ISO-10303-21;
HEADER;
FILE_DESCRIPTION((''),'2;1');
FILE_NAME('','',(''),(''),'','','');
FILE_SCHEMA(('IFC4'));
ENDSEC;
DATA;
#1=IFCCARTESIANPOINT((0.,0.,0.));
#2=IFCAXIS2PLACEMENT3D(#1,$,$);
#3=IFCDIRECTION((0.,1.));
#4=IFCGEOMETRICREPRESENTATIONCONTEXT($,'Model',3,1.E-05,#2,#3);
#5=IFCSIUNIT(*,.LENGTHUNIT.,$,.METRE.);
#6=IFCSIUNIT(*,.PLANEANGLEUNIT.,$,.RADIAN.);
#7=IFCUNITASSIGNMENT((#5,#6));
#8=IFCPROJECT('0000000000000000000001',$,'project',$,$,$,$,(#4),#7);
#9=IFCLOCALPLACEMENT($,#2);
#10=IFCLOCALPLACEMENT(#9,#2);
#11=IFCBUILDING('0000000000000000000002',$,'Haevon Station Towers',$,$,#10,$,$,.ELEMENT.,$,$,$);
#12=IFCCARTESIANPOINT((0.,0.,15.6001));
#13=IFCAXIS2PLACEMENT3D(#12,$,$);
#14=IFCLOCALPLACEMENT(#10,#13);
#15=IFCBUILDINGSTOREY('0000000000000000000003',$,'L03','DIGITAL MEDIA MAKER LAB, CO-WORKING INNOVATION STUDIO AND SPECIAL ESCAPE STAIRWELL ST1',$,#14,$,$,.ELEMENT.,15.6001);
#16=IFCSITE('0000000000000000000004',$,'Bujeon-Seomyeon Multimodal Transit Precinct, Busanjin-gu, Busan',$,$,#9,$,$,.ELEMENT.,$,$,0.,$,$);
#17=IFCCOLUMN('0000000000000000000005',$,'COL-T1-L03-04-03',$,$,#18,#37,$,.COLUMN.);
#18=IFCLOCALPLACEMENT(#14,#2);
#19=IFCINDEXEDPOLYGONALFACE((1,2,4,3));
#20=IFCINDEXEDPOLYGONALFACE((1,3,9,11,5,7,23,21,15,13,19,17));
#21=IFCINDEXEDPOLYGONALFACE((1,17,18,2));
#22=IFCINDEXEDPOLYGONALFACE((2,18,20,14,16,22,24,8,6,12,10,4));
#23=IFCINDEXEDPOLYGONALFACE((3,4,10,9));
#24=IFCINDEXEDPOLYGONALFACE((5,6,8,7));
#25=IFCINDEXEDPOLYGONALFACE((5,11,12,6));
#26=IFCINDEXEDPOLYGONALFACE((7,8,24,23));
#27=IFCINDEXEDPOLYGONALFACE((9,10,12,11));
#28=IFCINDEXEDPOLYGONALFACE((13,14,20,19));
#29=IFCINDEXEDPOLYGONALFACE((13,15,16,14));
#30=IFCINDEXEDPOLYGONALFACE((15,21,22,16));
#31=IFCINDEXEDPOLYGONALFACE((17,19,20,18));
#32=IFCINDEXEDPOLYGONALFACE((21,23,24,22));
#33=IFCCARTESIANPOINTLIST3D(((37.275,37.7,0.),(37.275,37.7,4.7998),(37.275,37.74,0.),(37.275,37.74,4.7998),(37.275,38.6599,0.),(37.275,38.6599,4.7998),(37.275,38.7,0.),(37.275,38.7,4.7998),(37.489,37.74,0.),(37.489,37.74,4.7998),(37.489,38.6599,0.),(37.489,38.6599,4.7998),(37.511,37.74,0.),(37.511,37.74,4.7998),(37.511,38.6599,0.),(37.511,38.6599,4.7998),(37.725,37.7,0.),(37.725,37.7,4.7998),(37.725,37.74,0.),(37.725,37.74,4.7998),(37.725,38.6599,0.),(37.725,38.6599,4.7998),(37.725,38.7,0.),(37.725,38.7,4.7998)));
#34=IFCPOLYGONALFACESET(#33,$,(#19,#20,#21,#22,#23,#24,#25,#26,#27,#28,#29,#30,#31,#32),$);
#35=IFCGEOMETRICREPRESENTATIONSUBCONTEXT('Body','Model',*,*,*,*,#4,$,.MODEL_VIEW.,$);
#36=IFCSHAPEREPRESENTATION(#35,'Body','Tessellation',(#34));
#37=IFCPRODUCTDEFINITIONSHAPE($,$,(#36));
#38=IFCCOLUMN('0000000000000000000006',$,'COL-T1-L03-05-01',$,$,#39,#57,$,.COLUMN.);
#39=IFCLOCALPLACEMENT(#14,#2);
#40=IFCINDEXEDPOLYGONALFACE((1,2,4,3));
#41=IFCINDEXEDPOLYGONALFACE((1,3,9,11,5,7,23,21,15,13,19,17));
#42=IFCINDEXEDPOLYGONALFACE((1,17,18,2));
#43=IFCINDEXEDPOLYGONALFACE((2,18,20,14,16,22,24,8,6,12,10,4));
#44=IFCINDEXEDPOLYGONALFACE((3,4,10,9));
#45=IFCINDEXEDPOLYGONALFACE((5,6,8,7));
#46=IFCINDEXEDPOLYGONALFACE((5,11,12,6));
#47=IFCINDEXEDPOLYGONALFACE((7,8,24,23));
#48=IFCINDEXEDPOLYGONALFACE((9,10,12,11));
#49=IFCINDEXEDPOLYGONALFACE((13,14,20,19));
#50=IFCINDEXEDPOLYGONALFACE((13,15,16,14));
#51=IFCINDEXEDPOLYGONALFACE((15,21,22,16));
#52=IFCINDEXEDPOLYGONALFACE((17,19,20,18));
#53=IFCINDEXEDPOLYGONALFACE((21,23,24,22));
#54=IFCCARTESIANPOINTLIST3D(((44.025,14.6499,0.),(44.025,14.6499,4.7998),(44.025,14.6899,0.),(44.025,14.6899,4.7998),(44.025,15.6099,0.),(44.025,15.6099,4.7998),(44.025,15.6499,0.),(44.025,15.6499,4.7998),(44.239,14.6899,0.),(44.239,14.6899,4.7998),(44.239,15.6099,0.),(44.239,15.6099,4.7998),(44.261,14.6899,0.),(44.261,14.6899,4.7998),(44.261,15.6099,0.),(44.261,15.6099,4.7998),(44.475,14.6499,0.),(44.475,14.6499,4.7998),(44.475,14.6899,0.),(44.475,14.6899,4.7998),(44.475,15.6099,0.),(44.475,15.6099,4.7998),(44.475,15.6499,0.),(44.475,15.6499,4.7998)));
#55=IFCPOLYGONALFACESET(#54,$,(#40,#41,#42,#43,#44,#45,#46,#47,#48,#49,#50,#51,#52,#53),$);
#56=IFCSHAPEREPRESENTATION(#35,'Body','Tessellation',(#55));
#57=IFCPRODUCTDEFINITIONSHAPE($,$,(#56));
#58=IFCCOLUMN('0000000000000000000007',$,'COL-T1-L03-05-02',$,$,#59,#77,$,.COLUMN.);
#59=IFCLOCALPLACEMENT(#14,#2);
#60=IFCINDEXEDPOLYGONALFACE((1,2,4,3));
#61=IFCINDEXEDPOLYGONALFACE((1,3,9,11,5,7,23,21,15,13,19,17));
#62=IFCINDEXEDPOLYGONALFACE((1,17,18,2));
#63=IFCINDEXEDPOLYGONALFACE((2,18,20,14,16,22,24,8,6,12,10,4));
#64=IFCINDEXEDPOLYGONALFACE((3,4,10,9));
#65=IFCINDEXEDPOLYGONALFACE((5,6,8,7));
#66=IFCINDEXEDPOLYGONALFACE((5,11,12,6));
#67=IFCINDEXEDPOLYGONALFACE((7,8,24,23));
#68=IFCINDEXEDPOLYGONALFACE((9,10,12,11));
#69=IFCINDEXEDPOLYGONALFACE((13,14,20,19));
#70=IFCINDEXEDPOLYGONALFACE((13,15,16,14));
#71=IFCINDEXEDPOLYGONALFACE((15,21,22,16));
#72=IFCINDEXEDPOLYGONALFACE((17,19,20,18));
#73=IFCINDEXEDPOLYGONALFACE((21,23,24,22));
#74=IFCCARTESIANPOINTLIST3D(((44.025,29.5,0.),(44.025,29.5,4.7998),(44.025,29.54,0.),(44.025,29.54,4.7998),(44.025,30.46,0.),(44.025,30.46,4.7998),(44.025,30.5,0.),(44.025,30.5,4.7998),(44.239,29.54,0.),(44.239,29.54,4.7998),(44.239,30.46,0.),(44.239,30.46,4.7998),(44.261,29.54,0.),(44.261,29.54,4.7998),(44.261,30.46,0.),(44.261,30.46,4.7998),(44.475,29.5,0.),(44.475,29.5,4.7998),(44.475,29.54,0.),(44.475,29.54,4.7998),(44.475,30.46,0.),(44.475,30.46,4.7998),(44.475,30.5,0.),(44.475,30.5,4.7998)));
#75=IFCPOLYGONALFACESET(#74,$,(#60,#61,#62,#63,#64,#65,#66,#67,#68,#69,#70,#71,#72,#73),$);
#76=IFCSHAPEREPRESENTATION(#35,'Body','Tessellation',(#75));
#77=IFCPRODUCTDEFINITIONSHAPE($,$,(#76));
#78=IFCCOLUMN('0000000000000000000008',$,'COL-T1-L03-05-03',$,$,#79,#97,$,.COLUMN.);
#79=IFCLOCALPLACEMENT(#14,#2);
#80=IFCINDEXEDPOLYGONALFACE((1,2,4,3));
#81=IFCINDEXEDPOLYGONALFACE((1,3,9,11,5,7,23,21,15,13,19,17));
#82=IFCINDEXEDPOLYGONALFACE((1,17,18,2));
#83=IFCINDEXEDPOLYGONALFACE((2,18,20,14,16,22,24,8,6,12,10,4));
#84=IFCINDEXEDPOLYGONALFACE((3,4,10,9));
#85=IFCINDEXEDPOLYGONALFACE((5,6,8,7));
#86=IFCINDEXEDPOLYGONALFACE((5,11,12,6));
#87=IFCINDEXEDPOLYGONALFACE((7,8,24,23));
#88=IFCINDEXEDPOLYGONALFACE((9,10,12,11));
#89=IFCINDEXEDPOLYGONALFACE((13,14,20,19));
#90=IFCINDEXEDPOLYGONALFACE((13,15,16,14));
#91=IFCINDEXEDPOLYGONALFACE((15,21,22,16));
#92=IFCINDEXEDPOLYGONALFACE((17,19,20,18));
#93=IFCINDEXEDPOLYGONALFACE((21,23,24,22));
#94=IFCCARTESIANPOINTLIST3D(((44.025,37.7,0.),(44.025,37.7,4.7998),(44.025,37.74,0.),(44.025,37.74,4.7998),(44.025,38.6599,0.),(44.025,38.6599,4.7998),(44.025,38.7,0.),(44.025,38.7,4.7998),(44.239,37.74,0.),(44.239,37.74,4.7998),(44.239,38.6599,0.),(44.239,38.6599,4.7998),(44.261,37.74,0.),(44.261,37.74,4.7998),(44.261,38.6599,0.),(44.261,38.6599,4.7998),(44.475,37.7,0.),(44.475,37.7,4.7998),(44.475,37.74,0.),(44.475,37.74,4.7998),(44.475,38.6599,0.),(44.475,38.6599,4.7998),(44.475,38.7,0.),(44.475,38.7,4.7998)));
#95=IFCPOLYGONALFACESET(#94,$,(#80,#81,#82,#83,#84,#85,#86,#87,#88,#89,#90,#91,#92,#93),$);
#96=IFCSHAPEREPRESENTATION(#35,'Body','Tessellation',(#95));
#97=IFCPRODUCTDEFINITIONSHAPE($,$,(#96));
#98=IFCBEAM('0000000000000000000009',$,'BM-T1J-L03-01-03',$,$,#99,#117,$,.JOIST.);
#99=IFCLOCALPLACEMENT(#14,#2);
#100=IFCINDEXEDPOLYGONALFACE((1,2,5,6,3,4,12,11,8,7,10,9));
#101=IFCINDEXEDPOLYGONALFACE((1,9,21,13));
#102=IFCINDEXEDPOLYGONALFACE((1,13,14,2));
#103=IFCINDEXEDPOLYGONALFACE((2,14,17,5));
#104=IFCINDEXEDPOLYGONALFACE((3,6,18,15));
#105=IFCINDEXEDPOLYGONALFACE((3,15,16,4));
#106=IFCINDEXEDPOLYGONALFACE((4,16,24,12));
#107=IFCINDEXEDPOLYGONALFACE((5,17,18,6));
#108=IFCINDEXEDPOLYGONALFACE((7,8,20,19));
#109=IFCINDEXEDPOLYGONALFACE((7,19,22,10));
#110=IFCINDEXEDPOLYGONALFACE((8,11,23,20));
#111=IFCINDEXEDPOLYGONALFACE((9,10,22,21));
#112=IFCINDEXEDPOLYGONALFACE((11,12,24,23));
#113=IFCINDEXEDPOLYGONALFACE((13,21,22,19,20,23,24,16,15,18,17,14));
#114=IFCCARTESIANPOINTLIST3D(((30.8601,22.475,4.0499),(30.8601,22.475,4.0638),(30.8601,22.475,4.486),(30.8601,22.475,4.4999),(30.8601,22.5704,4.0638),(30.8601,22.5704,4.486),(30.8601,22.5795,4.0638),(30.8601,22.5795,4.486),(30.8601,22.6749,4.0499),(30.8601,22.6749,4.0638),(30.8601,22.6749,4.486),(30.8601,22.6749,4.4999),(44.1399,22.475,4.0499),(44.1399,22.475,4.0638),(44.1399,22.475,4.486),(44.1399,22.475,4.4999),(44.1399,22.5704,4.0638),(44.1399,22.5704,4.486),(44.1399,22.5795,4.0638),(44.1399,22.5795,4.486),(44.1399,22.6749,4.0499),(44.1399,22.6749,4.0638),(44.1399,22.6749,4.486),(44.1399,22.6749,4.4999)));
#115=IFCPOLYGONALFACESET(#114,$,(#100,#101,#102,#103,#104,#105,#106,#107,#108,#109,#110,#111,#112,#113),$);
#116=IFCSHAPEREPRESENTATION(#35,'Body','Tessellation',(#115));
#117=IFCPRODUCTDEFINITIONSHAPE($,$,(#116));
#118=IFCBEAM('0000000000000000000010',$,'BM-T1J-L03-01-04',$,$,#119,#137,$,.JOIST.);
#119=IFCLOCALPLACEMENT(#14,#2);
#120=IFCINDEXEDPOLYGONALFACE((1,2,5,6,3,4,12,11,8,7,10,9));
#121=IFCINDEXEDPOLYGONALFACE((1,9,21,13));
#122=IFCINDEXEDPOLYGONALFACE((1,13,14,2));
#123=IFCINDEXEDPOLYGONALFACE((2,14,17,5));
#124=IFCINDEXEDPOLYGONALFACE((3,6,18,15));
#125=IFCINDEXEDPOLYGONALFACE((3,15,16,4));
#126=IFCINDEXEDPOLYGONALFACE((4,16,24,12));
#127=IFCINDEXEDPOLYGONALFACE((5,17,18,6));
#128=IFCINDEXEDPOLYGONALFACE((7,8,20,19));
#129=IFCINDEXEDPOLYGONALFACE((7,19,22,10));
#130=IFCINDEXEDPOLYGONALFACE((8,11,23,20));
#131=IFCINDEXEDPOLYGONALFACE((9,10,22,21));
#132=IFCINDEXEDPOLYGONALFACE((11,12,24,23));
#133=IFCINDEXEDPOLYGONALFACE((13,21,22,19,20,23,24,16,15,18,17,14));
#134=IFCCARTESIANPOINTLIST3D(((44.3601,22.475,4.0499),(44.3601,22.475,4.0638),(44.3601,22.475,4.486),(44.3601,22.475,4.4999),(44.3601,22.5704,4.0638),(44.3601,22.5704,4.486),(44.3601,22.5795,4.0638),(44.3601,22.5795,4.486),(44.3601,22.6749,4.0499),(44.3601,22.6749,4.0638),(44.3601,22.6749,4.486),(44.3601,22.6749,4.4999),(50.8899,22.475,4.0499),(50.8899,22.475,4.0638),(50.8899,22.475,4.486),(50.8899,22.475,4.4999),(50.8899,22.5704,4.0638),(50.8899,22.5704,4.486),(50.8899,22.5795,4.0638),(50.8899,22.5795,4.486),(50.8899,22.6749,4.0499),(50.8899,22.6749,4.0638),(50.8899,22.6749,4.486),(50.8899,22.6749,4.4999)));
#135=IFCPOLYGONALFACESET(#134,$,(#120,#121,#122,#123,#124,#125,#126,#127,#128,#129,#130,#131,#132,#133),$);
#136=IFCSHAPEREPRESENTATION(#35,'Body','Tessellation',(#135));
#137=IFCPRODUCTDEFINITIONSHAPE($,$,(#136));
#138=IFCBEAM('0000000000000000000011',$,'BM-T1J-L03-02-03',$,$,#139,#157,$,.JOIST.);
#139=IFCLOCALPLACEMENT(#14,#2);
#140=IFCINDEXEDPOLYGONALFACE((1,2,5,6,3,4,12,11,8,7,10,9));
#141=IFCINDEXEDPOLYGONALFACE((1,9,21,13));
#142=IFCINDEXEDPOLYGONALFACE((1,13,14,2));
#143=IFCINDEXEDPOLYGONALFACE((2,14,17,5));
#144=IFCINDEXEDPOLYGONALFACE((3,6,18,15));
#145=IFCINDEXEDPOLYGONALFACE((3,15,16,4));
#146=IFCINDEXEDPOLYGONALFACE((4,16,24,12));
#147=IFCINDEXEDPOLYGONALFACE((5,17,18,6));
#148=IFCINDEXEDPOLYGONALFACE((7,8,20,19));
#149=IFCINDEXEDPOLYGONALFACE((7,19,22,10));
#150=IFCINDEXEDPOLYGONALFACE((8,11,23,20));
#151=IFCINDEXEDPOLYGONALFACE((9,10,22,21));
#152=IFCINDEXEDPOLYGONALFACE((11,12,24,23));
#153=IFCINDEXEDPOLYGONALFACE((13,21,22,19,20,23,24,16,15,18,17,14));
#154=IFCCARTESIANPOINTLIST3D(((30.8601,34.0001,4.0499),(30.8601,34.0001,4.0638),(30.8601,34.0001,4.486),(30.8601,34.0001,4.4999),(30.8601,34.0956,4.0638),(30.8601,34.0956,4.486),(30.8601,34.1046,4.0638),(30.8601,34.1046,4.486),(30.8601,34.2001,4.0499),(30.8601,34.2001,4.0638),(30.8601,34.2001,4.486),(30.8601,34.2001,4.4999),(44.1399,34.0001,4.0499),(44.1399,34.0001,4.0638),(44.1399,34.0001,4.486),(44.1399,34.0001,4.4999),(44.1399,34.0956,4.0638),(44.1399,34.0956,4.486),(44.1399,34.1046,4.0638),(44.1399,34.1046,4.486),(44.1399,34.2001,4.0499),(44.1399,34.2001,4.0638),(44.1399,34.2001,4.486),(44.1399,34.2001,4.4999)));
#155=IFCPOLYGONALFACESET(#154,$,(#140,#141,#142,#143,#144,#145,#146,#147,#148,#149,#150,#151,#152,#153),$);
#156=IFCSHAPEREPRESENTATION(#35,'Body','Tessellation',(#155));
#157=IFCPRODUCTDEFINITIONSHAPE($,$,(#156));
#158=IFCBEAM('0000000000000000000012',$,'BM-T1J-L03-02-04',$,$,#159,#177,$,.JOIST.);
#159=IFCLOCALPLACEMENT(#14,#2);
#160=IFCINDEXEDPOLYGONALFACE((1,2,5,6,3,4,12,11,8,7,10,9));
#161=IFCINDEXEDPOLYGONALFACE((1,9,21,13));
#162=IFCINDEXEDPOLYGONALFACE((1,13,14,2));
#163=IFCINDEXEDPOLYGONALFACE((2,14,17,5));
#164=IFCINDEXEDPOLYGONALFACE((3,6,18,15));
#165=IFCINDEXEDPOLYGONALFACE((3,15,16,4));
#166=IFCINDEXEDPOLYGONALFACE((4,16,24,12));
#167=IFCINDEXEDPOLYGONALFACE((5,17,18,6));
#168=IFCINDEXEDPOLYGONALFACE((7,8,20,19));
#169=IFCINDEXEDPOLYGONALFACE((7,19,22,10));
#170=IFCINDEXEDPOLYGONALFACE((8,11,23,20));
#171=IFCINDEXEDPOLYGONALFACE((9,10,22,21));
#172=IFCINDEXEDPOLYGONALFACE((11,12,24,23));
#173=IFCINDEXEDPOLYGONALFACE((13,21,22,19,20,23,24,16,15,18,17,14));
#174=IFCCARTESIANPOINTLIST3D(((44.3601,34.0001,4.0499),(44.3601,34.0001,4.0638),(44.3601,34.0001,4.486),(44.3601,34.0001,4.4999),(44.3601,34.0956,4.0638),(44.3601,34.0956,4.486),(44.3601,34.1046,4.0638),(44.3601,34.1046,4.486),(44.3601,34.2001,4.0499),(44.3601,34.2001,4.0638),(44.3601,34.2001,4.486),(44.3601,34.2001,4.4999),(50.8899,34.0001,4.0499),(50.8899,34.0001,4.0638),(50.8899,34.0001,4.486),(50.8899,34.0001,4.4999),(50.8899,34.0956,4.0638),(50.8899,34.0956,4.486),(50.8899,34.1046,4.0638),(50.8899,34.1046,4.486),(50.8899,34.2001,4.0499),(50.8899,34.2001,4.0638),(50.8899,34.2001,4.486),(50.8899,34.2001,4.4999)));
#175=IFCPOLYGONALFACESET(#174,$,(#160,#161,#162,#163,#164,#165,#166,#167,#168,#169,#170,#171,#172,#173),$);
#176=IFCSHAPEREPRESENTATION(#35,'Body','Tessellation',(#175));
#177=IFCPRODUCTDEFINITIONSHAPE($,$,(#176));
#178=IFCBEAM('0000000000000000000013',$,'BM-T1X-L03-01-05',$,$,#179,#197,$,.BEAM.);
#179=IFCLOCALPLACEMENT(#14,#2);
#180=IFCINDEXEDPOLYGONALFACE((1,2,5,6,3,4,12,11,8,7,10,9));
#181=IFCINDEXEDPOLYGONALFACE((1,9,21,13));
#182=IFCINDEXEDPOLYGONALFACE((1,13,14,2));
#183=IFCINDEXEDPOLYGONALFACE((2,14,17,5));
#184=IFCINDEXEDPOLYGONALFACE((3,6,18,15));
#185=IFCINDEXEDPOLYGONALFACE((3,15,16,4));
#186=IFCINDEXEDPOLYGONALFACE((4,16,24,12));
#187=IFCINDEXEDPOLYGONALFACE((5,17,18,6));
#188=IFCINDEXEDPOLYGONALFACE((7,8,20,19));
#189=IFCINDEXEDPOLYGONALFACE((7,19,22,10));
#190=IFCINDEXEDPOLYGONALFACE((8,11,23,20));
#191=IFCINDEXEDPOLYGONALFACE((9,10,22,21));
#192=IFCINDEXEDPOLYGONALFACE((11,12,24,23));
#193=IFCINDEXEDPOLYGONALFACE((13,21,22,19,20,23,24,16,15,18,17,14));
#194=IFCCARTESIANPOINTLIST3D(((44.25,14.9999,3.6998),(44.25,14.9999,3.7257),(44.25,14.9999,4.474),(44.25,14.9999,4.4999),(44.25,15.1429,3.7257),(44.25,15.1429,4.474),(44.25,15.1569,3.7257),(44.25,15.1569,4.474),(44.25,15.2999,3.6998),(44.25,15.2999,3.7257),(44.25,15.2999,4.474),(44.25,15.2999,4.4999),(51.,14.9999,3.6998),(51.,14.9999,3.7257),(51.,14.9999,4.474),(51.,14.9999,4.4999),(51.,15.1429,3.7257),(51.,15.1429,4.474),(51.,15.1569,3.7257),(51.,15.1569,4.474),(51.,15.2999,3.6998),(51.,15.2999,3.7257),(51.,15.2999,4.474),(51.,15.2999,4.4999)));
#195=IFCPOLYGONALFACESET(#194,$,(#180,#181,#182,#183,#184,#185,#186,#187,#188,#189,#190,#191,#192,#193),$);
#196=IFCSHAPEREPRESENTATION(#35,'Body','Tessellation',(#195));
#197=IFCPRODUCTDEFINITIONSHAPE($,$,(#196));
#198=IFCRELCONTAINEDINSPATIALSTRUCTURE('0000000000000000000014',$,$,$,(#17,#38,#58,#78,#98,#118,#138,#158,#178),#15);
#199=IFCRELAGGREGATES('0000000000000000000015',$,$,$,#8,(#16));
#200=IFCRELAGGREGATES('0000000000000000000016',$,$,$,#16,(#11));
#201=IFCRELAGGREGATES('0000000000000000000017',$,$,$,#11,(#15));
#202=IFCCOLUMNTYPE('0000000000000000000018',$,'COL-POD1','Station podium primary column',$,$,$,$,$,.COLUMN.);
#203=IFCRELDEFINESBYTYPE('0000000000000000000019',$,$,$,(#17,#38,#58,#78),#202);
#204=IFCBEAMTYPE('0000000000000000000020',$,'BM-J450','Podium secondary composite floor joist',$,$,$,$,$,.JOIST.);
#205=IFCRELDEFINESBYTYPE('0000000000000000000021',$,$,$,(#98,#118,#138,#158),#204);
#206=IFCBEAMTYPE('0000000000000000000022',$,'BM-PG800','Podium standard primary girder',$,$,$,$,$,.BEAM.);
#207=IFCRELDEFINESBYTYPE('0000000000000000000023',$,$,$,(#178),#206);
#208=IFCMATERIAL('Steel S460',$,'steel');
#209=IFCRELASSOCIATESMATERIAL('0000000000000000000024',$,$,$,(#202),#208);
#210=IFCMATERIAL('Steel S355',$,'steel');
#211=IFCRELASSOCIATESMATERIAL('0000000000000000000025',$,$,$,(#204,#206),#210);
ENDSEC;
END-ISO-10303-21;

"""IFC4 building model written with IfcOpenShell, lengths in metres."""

from ifc_helpers import new_model, si_unit, direction, frame, origin, origin_2d, place, context, subcontext, project, spatial, i_section, extrude, material, material_profile, profile_set, type_object, element, save


model = new_model("IFC4")

# Units and contexts
model_context = context("Model", 3, precision=1e-05, world=origin(), true_north=direction((0.0, 1.0)))
body_context = subcontext(model_context, "Body", "Model", "MODEL_VIEW")
ifc_project = project(units=[si_unit("LENGTHUNIT", "METRE"), si_unit("PLANEANGLEUNIT", "RADIAN")], contexts=[model_context])

# Site, building, storey
site_placement = place(None, origin())
site = spatial("IfcSite", under=ifc_project, at=site_placement, Name="Bujeon-Seomyeon Multimodal Transit Precinct, Busanjin-gu, Busan", CompositionType="ELEMENT", RefElevation=0.0)
building_placement = place(site_placement, origin())
building = spatial("IfcBuilding", under=site, at=building_placement, Name="Haevon Station Towers", CompositionType="ELEMENT")
storey_placement = place(building_placement, frame((0.0, 0.0, 15.6001)))
storey = spatial("IfcBuildingStorey", under=building, at=storey_placement, Name="L03", Description="DIGITAL MEDIA MAKER LAB, CO-WORKING INNOVATION STUDIO AND SPECIAL ESCAPE STAIRWELL ST1", CompositionType="ELEMENT", Elevation=15.6001)

# Columns
ifc_material_1 = material(Name="Steel S460", Category="steel")
ifc_material_profile_1 = material_profile(ifc_material_1, i_section(OverallWidth=0.45, OverallDepth=1.0, WebThickness=0.022, FlangeThickness=0.04, at=origin_2d()), Name="H-1000x450x22x40")
ifc_profile_set_1 = profile_set([ifc_material_profile_1], Name="Steel S460")
column_type = type_object("IfcColumnType", Name="COL-POD1", Description="Station podium primary column", PredefinedType="COLUMN", material=ifc_profile_set_1)
for number, where, z_axis, x_axis, name in (
    (1, (37.5, 38.2, 0.0), (0.0, 0.0, 1.0), (1.0, 0.0, 0.0), "COL-T1-L03-04-03"),
    (2, (44.25, 15.1499, 0.0), (0.0, 0.0, 1.0), (1.0, 0.0, 0.0), "COL-T1-L03-05-01"),
    (3, (44.25, 30.0, 0.0), (0.0, 0.0, 1.0), (1.0, 0.0, 0.0), "COL-T1-L03-05-02"),
    (4, (44.25, 38.2, 0.0), (0.0, 0.0, 1.0), (1.0, 0.0, 0.0), "COL-T1-L03-05-03"),
):
    element("IfcColumn", number, at=place(storey_placement, frame(where, z_axis=z_axis, x_axis=x_axis)), inside=storey, type_object=column_type, Name=name, PredefinedType="COLUMN", context=body_context, shape_type="SweptSolid", body=[
        extrude(i_section(OverallWidth=0.45, OverallDepth=1.0, WebThickness=0.022, FlangeThickness=0.04, at=origin_2d()), origin(), (0.0, 0.0, 1.0), 4.7998),
    ])

# Beams
ifc_material_2 = material(Name="Steel S355", Category="steel")
ifc_material_profile_2 = material_profile(ifc_material_2, i_section(OverallWidth=0.2, OverallDepth=0.45, WebThickness=0.009, FlangeThickness=0.0139, at=origin_2d()), Name="H-450x200x9x14")
ifc_profile_set_2 = profile_set([ifc_material_profile_2], Name="Steel S355")
beam_type_1 = type_object("IfcBeamType", Name="BM-J450", Description="Podium secondary composite floor joist", PredefinedType="JOIST", material=ifc_profile_set_2)
beam_1_placement = place(storey_placement, frame((30.8601, 22.575, 4.2749), z_axis=(1.0, 0.0, 0.0), x_axis=(0.0, 1.0, 0.0)))
element("IfcBeam", 5, at=beam_1_placement, inside=storey, type_object=beam_type_1, Name="BM-T1J-L03-01-03", PredefinedType="JOIST", context=body_context, shape_type="SweptSolid", body=[
    extrude(i_section(OverallWidth=0.2, OverallDepth=0.45, WebThickness=0.009, FlangeThickness=0.0139, at=origin_2d()), origin(), (0.0, 0.0, 1.0), 13.2798),
])
beam_2_placement = place(storey_placement, frame((44.3601, 22.575, 4.2749), z_axis=(1.0, 0.0, 0.0), x_axis=(0.0, 1.0, 0.0)))
element("IfcBeam", 6, at=beam_2_placement, inside=storey, type_object=beam_type_1, Name="BM-T1J-L03-01-04", PredefinedType="JOIST", context=body_context, shape_type="SweptSolid", body=[
    extrude(i_section(OverallWidth=0.2, OverallDepth=0.45, WebThickness=0.009, FlangeThickness=0.0139, at=origin_2d()), origin(), (0.0, 0.0, 1.0), 6.5298),
])
beam_3_placement = place(storey_placement, frame((30.8601, 34.1001, 4.2749), z_axis=(1.0, 0.0, 0.0), x_axis=(0.0, 1.0, 0.0)))
element("IfcBeam", 7, at=beam_3_placement, inside=storey, type_object=beam_type_1, Name="BM-T1J-L03-02-03", PredefinedType="JOIST", context=body_context, shape_type="SweptSolid", body=[
    extrude(i_section(OverallWidth=0.2, OverallDepth=0.45, WebThickness=0.009, FlangeThickness=0.0139, at=origin_2d()), origin(), (0.0, 0.0, 1.0), 13.2798),
])
beam_4_placement = place(storey_placement, frame((44.3601, 34.1001, 4.2749), z_axis=(1.0, 0.0, 0.0), x_axis=(0.0, 1.0, 0.0)))
element("IfcBeam", 8, at=beam_4_placement, inside=storey, type_object=beam_type_1, Name="BM-T1J-L03-02-04", PredefinedType="JOIST", context=body_context, shape_type="SweptSolid", body=[
    extrude(i_section(OverallWidth=0.2, OverallDepth=0.45, WebThickness=0.009, FlangeThickness=0.0139, at=origin_2d()), origin(), (0.0, 0.0, 1.0), 6.5298),
])
ifc_material_profile_3 = material_profile(ifc_material_2, i_section(OverallWidth=0.3, OverallDepth=0.8, WebThickness=0.0139, FlangeThickness=0.0259, at=origin_2d()), Name="H-800x300x14x26")
ifc_profile_set_3 = profile_set([ifc_material_profile_3], Name="Steel S355")
beam_type_2 = type_object("IfcBeamType", Name="BM-PG800", Description="Podium standard primary girder", PredefinedType="BEAM", material=ifc_profile_set_3)
for number, where, z_axis, x_axis, name in (
    (9, (44.25, 15.1499, 4.0999), (1.0, 0.0, 0.0), (0.0, 1.0, 0.0), "BM-T1X-L03-01-05"),
):
    element("IfcBeam", number, at=place(storey_placement, frame(where, z_axis=z_axis, x_axis=x_axis)), inside=storey, type_object=beam_type_2, Name=name, PredefinedType="BEAM", context=body_context, shape_type="SweptSolid", body=[
        extrude(i_section(OverallWidth=0.3, OverallDepth=0.8, WebThickness=0.0139, FlangeThickness=0.0259, at=origin_2d()), origin(), (0.0, 0.0, 1.0), 6.75),
    ])

save(model, "model.ifc")
